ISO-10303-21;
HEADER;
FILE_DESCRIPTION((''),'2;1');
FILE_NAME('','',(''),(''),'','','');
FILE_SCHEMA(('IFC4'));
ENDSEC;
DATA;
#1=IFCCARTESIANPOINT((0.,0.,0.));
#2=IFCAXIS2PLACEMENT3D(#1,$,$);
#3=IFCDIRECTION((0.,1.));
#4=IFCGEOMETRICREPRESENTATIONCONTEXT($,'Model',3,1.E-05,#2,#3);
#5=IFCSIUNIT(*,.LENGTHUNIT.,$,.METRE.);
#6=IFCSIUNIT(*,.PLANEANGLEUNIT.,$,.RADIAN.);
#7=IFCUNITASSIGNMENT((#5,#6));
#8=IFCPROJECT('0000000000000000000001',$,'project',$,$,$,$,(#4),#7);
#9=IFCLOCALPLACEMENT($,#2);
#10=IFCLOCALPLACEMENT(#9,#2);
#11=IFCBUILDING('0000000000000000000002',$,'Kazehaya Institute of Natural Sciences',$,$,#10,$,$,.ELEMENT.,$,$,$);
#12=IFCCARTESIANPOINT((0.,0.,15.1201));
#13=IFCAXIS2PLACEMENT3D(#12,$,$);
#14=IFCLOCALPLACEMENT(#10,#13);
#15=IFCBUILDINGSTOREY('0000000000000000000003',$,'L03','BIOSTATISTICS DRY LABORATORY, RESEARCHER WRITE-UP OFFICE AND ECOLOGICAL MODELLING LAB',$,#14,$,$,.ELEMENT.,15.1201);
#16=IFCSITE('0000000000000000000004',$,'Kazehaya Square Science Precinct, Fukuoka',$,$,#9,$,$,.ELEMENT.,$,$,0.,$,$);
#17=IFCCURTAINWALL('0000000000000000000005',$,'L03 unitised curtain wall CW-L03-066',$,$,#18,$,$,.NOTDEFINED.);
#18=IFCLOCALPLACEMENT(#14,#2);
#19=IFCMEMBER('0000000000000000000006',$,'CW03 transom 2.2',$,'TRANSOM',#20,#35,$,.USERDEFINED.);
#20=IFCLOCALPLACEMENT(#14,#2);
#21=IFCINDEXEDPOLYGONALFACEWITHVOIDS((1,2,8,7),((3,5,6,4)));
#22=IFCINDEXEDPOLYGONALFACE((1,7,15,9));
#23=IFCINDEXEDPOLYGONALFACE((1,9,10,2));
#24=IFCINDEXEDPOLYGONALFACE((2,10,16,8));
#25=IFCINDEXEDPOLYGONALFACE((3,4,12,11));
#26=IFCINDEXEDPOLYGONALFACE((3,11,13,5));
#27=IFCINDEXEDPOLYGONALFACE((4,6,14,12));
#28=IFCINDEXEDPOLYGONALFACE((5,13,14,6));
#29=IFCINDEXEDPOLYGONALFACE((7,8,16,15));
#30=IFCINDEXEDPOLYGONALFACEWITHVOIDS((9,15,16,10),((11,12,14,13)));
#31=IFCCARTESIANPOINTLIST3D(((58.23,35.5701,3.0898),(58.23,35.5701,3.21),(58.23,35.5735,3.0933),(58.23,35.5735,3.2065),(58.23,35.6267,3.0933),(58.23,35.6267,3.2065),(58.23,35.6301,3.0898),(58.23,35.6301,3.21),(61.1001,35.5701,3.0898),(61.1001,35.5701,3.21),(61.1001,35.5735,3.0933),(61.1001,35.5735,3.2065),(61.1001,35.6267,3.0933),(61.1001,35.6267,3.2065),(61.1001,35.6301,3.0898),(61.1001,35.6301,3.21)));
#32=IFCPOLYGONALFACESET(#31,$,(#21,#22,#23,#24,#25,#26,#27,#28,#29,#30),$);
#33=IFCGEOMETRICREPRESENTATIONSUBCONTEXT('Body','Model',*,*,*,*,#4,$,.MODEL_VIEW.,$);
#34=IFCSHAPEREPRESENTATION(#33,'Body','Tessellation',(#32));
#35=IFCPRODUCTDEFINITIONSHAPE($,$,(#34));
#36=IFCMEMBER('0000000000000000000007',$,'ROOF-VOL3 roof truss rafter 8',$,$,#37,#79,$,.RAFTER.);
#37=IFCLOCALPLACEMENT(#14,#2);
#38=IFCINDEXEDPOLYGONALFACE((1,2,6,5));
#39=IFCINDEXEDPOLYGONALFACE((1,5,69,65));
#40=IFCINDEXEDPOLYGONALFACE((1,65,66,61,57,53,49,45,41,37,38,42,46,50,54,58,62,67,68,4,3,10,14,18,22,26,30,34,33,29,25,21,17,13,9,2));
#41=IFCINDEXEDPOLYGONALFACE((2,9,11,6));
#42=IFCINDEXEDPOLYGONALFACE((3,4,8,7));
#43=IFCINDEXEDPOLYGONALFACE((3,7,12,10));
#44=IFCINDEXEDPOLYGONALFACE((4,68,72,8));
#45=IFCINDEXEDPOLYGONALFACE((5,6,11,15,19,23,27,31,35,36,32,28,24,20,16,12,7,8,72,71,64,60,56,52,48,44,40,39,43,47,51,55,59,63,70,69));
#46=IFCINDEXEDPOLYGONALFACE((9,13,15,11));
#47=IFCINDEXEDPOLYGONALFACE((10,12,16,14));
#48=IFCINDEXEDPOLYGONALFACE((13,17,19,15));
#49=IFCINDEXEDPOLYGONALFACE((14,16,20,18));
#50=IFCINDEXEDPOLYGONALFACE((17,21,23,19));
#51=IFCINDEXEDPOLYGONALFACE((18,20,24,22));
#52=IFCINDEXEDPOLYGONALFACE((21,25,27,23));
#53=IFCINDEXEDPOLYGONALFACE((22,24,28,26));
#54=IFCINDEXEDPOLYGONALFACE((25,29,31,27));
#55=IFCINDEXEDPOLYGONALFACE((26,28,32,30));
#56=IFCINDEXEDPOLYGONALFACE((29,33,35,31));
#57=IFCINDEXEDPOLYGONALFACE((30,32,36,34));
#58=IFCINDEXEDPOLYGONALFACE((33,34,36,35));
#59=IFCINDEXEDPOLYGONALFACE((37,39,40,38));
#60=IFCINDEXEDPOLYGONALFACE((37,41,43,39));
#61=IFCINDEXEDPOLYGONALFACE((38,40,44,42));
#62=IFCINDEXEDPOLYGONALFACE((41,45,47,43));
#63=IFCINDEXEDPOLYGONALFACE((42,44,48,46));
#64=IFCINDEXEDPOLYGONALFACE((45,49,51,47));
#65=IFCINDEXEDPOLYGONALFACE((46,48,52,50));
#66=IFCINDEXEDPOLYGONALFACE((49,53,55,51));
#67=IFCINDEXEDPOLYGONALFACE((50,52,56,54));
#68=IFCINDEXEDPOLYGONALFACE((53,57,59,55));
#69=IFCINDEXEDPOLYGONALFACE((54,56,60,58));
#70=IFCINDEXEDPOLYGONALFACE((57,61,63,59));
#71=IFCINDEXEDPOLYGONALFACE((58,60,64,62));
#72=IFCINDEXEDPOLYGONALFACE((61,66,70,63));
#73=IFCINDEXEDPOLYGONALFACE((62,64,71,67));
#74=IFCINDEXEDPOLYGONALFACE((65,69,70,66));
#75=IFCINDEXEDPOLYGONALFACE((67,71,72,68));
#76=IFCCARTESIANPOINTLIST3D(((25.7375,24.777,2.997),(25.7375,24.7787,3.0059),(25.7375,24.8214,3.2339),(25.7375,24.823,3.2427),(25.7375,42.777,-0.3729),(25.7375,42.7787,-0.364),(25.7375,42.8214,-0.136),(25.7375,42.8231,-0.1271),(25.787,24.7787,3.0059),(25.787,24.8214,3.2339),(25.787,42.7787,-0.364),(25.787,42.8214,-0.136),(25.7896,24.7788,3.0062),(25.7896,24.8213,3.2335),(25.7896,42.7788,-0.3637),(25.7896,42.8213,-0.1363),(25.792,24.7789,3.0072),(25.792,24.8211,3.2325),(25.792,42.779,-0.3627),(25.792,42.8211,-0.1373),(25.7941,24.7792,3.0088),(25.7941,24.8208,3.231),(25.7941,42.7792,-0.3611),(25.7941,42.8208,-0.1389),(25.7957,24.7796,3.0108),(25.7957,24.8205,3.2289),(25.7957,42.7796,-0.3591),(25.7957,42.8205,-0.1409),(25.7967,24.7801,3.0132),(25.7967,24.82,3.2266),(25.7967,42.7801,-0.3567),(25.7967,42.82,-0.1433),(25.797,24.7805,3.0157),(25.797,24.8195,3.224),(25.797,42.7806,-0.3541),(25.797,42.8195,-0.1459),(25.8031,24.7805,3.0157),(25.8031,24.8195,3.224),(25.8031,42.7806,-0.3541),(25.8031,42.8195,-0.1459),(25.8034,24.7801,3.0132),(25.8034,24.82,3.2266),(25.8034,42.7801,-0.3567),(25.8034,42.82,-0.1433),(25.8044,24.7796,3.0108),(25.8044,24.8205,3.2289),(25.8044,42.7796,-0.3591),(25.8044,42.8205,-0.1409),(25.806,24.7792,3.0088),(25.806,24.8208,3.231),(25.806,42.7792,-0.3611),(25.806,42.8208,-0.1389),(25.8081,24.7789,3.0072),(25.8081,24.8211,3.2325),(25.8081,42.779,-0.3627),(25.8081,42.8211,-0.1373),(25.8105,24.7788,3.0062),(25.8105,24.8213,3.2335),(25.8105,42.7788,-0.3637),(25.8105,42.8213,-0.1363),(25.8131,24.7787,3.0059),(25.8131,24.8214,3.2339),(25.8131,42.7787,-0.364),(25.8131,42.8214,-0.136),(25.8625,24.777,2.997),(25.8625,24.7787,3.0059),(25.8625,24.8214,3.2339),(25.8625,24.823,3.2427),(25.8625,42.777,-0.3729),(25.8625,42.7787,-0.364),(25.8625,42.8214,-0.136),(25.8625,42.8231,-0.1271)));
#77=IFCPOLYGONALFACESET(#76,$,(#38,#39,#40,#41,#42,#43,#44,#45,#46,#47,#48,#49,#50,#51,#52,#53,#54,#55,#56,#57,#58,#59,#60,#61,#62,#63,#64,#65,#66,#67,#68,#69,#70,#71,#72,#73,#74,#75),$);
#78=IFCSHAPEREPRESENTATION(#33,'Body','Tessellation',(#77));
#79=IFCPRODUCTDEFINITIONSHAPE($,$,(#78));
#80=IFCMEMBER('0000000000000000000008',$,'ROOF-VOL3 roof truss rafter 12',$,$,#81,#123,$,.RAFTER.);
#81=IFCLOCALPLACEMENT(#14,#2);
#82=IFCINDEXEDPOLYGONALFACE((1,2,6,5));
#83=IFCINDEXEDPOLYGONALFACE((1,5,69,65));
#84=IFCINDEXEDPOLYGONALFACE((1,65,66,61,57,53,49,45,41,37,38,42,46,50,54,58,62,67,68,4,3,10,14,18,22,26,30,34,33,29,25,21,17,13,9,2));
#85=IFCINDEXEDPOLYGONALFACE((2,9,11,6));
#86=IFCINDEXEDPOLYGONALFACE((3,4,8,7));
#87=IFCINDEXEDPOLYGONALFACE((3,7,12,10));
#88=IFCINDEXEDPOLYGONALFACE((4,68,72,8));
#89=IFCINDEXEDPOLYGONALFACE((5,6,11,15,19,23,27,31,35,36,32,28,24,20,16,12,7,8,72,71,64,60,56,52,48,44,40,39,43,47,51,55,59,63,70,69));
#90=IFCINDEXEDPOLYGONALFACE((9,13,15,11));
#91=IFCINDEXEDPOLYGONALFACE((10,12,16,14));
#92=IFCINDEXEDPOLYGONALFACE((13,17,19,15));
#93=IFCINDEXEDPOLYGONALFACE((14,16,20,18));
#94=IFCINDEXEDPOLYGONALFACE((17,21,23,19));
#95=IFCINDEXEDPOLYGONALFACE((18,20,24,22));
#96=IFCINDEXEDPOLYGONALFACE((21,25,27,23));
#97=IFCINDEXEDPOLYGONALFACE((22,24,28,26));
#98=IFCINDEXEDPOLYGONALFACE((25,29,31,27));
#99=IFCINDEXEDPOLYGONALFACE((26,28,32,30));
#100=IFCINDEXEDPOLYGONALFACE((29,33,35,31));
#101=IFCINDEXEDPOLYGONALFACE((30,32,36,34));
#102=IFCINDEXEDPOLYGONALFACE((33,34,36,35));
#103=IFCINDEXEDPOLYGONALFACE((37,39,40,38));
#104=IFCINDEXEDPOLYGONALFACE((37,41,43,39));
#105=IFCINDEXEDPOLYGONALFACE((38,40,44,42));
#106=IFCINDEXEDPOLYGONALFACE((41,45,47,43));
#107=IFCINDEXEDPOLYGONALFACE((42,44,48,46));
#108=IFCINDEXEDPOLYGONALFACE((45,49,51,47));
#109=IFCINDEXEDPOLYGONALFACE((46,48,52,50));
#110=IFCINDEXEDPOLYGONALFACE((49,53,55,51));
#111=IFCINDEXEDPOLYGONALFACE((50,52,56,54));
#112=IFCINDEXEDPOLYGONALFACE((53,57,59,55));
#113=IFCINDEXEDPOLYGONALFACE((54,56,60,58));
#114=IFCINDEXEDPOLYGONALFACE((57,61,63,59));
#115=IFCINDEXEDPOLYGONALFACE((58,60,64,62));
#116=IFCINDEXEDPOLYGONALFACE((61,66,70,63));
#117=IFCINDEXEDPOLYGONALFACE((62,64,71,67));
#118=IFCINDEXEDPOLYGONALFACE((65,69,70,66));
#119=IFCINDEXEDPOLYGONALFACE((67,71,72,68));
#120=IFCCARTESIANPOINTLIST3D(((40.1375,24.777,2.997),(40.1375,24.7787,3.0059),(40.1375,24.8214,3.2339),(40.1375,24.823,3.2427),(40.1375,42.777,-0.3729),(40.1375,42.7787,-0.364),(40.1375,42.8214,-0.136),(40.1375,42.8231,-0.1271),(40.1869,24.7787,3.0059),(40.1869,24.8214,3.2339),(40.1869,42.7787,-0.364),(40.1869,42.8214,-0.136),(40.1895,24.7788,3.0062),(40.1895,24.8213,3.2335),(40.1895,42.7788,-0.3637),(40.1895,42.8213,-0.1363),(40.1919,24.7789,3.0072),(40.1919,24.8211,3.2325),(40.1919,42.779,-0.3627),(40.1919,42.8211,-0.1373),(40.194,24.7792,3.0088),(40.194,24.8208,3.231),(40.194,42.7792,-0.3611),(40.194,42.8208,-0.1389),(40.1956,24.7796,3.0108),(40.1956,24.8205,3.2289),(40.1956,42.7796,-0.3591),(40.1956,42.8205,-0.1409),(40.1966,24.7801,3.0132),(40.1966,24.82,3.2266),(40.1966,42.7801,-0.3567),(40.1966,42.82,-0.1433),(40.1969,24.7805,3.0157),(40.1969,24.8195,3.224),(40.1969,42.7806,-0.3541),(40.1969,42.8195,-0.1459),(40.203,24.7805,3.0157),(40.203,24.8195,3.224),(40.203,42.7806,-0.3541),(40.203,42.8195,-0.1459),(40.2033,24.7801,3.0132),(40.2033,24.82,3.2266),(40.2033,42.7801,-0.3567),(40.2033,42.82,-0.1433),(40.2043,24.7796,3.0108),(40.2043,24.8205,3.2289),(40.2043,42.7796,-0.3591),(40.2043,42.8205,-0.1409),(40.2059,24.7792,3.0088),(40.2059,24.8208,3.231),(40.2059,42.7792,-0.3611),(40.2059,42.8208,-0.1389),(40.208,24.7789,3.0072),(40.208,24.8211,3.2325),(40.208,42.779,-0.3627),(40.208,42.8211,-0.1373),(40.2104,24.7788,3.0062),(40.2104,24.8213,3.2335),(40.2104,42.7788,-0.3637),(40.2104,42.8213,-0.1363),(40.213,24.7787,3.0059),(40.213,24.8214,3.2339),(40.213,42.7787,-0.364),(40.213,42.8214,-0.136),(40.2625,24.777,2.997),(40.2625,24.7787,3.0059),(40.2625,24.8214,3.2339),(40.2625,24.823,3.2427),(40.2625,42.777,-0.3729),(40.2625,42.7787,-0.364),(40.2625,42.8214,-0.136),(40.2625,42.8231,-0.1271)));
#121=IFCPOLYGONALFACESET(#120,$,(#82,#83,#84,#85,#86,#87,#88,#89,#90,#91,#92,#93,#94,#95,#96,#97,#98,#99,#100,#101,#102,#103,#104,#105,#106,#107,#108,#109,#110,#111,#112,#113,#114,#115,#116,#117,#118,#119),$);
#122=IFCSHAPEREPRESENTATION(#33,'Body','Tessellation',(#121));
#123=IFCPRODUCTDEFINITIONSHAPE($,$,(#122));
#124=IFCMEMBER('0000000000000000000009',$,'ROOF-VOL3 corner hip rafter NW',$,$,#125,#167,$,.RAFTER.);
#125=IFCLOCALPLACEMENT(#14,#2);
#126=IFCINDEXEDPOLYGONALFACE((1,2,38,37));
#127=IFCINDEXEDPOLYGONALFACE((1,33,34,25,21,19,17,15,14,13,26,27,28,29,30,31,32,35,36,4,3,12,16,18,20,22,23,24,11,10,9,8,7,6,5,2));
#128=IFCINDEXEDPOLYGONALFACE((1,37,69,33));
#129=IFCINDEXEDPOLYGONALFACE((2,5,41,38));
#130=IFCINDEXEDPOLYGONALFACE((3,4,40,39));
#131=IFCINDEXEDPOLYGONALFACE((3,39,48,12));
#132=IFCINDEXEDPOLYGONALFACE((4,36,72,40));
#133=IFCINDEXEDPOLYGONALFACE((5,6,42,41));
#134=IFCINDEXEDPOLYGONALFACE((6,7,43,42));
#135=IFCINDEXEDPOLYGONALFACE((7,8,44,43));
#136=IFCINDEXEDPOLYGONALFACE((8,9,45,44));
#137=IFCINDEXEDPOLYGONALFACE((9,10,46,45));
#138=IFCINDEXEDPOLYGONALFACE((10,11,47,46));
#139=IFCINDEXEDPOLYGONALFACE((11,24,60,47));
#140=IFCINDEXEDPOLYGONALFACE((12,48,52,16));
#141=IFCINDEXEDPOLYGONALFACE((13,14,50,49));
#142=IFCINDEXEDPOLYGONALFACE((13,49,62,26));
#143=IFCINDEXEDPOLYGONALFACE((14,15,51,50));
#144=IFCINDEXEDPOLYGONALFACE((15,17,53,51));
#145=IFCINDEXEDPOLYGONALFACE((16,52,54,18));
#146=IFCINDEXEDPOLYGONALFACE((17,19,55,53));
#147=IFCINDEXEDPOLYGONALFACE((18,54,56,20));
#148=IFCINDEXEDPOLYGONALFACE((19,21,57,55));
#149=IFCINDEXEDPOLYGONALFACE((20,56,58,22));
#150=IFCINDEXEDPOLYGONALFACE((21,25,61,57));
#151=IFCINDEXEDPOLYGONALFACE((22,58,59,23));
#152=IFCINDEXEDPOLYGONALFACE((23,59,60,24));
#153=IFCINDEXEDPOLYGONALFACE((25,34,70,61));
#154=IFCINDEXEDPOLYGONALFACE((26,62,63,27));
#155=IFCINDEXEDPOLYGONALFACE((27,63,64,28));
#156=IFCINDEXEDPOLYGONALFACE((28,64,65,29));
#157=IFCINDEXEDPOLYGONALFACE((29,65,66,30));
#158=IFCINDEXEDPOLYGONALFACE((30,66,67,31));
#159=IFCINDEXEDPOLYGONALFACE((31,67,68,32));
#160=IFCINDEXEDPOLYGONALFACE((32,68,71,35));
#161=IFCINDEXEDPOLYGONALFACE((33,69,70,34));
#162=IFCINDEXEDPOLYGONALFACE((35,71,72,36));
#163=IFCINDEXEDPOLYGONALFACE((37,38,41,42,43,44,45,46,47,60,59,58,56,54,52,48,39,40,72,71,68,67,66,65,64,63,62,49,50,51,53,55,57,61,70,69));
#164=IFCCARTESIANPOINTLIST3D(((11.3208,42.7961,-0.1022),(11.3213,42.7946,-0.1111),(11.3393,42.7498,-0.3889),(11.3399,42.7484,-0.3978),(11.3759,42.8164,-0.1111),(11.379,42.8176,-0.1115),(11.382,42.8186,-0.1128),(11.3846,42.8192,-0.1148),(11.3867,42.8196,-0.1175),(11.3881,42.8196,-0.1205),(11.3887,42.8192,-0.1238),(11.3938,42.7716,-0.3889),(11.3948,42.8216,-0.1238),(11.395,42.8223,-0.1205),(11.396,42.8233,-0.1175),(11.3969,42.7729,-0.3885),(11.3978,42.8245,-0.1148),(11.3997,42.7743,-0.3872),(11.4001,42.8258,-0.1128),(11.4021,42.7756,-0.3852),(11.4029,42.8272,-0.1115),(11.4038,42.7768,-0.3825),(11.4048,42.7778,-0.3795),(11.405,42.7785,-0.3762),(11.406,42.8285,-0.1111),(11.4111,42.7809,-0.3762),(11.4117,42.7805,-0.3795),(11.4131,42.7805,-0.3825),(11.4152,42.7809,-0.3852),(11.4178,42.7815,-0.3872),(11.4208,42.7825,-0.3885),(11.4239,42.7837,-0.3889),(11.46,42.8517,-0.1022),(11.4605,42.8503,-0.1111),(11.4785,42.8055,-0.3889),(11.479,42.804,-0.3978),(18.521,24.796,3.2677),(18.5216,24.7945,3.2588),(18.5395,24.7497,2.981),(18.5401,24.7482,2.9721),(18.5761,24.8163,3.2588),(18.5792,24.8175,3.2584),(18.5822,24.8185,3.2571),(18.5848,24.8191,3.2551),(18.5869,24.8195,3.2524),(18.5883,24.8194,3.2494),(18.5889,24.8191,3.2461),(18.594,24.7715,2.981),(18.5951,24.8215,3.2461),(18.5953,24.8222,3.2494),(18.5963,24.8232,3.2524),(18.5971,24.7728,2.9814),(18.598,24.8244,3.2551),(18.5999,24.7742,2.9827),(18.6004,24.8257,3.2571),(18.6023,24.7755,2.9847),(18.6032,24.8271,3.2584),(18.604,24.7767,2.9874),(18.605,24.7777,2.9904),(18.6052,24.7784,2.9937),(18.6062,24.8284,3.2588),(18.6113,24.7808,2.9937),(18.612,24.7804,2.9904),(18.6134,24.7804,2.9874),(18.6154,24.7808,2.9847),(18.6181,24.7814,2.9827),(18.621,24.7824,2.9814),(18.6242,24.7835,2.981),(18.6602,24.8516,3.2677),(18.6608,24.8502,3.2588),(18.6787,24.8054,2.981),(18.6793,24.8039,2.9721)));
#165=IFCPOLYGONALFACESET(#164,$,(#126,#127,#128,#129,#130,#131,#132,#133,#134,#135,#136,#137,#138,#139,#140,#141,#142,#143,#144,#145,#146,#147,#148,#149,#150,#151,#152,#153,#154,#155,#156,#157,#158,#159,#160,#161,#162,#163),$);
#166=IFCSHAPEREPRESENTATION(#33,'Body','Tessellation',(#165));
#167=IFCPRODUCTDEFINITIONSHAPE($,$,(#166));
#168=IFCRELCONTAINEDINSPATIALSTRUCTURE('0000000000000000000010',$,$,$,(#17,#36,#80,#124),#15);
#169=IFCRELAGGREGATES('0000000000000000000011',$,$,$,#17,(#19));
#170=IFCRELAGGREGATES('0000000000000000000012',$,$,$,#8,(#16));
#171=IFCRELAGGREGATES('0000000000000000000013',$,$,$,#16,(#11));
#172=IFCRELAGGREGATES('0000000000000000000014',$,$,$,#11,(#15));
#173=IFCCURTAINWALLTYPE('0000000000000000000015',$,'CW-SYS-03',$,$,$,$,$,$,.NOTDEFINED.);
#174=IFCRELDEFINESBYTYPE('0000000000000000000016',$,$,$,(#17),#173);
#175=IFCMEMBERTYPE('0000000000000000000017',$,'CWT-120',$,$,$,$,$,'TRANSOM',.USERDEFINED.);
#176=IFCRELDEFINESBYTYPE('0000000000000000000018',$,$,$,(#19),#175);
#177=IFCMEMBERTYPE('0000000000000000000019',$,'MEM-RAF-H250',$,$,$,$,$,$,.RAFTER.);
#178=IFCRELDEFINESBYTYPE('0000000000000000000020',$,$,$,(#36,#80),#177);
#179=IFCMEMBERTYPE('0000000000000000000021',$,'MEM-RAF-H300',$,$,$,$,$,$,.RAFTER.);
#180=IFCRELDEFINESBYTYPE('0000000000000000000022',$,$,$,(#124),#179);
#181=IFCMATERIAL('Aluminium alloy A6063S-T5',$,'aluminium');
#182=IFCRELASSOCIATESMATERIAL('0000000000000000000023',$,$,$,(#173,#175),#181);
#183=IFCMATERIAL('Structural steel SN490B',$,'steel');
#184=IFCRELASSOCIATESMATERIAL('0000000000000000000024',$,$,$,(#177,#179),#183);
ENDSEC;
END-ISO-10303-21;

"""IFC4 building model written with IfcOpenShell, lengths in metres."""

from ifc_helpers import new_model, si_unit, direction, frame, origin, origin_2d, place, context, subcontext, project, spatial, hollow_rectangle, i_section, extrude, material, material_profile, profile_set, type_object, element, aggregate, save


model = new_model("IFC4")

# Units and contexts
model_context = context("Model", 3, precision=1e-05, world=origin(), true_north=direction((0.0, 1.0)))
body_context = subcontext(model_context, "Body", "Model", "MODEL_VIEW")
ifc_project = project(units=[si_unit("LENGTHUNIT", "METRE"), si_unit("PLANEANGLEUNIT", "RADIAN")], contexts=[model_context])

# Site, building, storey
site_placement = place(None, origin())
site = spatial("IfcSite", under=ifc_project, at=site_placement, Name="Kazehaya Square Science Precinct, Fukuoka", CompositionType="ELEMENT", RefElevation=0.0)
building_placement = place(site_placement, origin())
building = spatial("IfcBuilding", under=site, at=building_placement, Name="Kazehaya Institute of Natural Sciences", CompositionType="ELEMENT")
storey_placement = place(building_placement, frame((0.0, 0.0, 15.1201)))
storey = spatial("IfcBuildingStorey", under=building, at=storey_placement, Name="L03", Description="BIOSTATISTICS DRY LABORATORY, RESEARCHER WRITE-UP OFFICE AND ECOLOGICAL MODELLING LAB", CompositionType="ELEMENT", Elevation=15.1201)

# Curtain wall
ifc_material_1 = material(Name="Aluminium alloy A6063S-T5", Category="aluminium")
curtain_wall_type_1 = type_object("IfcCurtainWallType", Name="CW-SYS-03", PredefinedType="NOTDEFINED", material=ifc_material_1)
curtain_wall_1_placement = place(storey_placement, origin())
curtain_wall_1 = element("IfcCurtainWall", 1, at=curtain_wall_1_placement, inside=storey, type_object=curtain_wall_type_1, Name="L03 unitised curtain wall CW-L03-066", PredefinedType="NOTDEFINED")

# Member
ifc_material_profile_1 = material_profile(ifc_material_1, hollow_rectangle(XDim=0.0601, YDim=0.1201, WallThickness=0.0034, at=origin_2d()), Name="ALU-60x120x3.5")
ifc_profile_set_1 = profile_set([ifc_material_profile_1], Name="Aluminium alloy A6063S-T5")
member_type_1 = type_object("IfcMemberType", Name="CWT-120", ElementType="TRANSOM", PredefinedType="USERDEFINED", material=ifc_profile_set_1)
member_1_placement = place(storey_placement, frame((58.23, 35.6001, 3.1499), z_axis=(1.0, 0.0, 0.0), x_axis=(0.0, 1.0, 0.0)))
member_1 = element("IfcMember", 2, at=member_1_placement, type_object=member_type_1, Name="CW03 transom 2.2", ObjectType="TRANSOM", PredefinedType="USERDEFINED", context=body_context, shape_type="SweptSolid", body=[
    extrude(hollow_rectangle(XDim=0.0601, YDim=0.1201, WallThickness=0.0034, at=origin_2d()), origin(), (0.0, 0.0, 1.0), 2.8701),
])

# Members
ifc_material_2 = material(Name="Structural steel SN490B", Category="steel")
ifc_material_profile_2 = material_profile(ifc_material_2, i_section(OverallWidth=0.125, OverallDepth=0.25, WebThickness=0.0061, FlangeThickness=0.009, FilletRadius=0.01, at=origin_2d()), Name="H-250x125x6x9")
ifc_profile_set_2 = profile_set([ifc_material_profile_2], Name="Structural steel SN490B")
member_type_2 = type_object("IfcMemberType", Name="MEM-RAF-H250", PredefinedType="RAFTER", material=ifc_profile_set_2)
for number, where, z_axis, x_axis, name in (
    (3, (25.8, 42.8, -0.25), (0.0, -0.982923, 0.184018), (1.0, 0.0, 0.0), "ROOF-VOL3 roof truss rafter 8"),
    (4, (40.2, 42.8, -0.25), (0.0, -0.982923, 0.184018), (1.0, 0.0, 0.0), "ROOF-VOL3 roof truss rafter 12"),
):
    element("IfcMember", number, at=place(storey_placement, frame(where, z_axis=z_axis, x_axis=x_axis)), inside=storey, type_object=member_type_2, Name=name, PredefinedType="RAFTER", context=body_context, shape_type="SweptSolid", body=[
        extrude(i_section(OverallWidth=0.125, OverallDepth=0.25, WebThickness=0.0061, FlangeThickness=0.009, FilletRadius=0.01, at=origin_2d()), origin(), (0.0, 0.0, 1.0), 18.3127),
    ])
ifc_material_profile_3 = material_profile(ifc_material_2, i_section(OverallWidth=0.1499, OverallDepth=0.3, WebThickness=0.0066, FlangeThickness=0.009, FilletRadius=0.0129, at=origin_2d()), Name="H-300x150x6.5x9")
ifc_profile_set_3 = profile_set([ifc_material_profile_3], Name="Structural steel SN490B")
member_type_3 = type_object("IfcMemberType", Name="MEM-RAF-H300", PredefinedType="RAFTER", material=ifc_profile_set_3)
member_2_placement = place(storey_placement, frame((11.3999, 42.8, -0.25), z_axis=(0.365912, -0.914756, 0.171256), x_axis=(0.928473, 0.371399, 0.0)))
element("IfcMember", 5, at=member_2_placement, inside=storey, type_object=member_type_3, Name="ROOF-VOL3 corner hip rafter NW", PredefinedType="RAFTER", context=body_context, shape_type="SweptSolid", body=[
    extrude(i_section(OverallWidth=0.1499, OverallDepth=0.3, WebThickness=0.0066, FlangeThickness=0.009, FilletRadius=0.0129, at=origin_2d()), origin(), (0.0, 0.0, 1.0), 19.6775),
])

aggregate(curtain_wall_1, [member_1])

save(model, "model.ifc")
